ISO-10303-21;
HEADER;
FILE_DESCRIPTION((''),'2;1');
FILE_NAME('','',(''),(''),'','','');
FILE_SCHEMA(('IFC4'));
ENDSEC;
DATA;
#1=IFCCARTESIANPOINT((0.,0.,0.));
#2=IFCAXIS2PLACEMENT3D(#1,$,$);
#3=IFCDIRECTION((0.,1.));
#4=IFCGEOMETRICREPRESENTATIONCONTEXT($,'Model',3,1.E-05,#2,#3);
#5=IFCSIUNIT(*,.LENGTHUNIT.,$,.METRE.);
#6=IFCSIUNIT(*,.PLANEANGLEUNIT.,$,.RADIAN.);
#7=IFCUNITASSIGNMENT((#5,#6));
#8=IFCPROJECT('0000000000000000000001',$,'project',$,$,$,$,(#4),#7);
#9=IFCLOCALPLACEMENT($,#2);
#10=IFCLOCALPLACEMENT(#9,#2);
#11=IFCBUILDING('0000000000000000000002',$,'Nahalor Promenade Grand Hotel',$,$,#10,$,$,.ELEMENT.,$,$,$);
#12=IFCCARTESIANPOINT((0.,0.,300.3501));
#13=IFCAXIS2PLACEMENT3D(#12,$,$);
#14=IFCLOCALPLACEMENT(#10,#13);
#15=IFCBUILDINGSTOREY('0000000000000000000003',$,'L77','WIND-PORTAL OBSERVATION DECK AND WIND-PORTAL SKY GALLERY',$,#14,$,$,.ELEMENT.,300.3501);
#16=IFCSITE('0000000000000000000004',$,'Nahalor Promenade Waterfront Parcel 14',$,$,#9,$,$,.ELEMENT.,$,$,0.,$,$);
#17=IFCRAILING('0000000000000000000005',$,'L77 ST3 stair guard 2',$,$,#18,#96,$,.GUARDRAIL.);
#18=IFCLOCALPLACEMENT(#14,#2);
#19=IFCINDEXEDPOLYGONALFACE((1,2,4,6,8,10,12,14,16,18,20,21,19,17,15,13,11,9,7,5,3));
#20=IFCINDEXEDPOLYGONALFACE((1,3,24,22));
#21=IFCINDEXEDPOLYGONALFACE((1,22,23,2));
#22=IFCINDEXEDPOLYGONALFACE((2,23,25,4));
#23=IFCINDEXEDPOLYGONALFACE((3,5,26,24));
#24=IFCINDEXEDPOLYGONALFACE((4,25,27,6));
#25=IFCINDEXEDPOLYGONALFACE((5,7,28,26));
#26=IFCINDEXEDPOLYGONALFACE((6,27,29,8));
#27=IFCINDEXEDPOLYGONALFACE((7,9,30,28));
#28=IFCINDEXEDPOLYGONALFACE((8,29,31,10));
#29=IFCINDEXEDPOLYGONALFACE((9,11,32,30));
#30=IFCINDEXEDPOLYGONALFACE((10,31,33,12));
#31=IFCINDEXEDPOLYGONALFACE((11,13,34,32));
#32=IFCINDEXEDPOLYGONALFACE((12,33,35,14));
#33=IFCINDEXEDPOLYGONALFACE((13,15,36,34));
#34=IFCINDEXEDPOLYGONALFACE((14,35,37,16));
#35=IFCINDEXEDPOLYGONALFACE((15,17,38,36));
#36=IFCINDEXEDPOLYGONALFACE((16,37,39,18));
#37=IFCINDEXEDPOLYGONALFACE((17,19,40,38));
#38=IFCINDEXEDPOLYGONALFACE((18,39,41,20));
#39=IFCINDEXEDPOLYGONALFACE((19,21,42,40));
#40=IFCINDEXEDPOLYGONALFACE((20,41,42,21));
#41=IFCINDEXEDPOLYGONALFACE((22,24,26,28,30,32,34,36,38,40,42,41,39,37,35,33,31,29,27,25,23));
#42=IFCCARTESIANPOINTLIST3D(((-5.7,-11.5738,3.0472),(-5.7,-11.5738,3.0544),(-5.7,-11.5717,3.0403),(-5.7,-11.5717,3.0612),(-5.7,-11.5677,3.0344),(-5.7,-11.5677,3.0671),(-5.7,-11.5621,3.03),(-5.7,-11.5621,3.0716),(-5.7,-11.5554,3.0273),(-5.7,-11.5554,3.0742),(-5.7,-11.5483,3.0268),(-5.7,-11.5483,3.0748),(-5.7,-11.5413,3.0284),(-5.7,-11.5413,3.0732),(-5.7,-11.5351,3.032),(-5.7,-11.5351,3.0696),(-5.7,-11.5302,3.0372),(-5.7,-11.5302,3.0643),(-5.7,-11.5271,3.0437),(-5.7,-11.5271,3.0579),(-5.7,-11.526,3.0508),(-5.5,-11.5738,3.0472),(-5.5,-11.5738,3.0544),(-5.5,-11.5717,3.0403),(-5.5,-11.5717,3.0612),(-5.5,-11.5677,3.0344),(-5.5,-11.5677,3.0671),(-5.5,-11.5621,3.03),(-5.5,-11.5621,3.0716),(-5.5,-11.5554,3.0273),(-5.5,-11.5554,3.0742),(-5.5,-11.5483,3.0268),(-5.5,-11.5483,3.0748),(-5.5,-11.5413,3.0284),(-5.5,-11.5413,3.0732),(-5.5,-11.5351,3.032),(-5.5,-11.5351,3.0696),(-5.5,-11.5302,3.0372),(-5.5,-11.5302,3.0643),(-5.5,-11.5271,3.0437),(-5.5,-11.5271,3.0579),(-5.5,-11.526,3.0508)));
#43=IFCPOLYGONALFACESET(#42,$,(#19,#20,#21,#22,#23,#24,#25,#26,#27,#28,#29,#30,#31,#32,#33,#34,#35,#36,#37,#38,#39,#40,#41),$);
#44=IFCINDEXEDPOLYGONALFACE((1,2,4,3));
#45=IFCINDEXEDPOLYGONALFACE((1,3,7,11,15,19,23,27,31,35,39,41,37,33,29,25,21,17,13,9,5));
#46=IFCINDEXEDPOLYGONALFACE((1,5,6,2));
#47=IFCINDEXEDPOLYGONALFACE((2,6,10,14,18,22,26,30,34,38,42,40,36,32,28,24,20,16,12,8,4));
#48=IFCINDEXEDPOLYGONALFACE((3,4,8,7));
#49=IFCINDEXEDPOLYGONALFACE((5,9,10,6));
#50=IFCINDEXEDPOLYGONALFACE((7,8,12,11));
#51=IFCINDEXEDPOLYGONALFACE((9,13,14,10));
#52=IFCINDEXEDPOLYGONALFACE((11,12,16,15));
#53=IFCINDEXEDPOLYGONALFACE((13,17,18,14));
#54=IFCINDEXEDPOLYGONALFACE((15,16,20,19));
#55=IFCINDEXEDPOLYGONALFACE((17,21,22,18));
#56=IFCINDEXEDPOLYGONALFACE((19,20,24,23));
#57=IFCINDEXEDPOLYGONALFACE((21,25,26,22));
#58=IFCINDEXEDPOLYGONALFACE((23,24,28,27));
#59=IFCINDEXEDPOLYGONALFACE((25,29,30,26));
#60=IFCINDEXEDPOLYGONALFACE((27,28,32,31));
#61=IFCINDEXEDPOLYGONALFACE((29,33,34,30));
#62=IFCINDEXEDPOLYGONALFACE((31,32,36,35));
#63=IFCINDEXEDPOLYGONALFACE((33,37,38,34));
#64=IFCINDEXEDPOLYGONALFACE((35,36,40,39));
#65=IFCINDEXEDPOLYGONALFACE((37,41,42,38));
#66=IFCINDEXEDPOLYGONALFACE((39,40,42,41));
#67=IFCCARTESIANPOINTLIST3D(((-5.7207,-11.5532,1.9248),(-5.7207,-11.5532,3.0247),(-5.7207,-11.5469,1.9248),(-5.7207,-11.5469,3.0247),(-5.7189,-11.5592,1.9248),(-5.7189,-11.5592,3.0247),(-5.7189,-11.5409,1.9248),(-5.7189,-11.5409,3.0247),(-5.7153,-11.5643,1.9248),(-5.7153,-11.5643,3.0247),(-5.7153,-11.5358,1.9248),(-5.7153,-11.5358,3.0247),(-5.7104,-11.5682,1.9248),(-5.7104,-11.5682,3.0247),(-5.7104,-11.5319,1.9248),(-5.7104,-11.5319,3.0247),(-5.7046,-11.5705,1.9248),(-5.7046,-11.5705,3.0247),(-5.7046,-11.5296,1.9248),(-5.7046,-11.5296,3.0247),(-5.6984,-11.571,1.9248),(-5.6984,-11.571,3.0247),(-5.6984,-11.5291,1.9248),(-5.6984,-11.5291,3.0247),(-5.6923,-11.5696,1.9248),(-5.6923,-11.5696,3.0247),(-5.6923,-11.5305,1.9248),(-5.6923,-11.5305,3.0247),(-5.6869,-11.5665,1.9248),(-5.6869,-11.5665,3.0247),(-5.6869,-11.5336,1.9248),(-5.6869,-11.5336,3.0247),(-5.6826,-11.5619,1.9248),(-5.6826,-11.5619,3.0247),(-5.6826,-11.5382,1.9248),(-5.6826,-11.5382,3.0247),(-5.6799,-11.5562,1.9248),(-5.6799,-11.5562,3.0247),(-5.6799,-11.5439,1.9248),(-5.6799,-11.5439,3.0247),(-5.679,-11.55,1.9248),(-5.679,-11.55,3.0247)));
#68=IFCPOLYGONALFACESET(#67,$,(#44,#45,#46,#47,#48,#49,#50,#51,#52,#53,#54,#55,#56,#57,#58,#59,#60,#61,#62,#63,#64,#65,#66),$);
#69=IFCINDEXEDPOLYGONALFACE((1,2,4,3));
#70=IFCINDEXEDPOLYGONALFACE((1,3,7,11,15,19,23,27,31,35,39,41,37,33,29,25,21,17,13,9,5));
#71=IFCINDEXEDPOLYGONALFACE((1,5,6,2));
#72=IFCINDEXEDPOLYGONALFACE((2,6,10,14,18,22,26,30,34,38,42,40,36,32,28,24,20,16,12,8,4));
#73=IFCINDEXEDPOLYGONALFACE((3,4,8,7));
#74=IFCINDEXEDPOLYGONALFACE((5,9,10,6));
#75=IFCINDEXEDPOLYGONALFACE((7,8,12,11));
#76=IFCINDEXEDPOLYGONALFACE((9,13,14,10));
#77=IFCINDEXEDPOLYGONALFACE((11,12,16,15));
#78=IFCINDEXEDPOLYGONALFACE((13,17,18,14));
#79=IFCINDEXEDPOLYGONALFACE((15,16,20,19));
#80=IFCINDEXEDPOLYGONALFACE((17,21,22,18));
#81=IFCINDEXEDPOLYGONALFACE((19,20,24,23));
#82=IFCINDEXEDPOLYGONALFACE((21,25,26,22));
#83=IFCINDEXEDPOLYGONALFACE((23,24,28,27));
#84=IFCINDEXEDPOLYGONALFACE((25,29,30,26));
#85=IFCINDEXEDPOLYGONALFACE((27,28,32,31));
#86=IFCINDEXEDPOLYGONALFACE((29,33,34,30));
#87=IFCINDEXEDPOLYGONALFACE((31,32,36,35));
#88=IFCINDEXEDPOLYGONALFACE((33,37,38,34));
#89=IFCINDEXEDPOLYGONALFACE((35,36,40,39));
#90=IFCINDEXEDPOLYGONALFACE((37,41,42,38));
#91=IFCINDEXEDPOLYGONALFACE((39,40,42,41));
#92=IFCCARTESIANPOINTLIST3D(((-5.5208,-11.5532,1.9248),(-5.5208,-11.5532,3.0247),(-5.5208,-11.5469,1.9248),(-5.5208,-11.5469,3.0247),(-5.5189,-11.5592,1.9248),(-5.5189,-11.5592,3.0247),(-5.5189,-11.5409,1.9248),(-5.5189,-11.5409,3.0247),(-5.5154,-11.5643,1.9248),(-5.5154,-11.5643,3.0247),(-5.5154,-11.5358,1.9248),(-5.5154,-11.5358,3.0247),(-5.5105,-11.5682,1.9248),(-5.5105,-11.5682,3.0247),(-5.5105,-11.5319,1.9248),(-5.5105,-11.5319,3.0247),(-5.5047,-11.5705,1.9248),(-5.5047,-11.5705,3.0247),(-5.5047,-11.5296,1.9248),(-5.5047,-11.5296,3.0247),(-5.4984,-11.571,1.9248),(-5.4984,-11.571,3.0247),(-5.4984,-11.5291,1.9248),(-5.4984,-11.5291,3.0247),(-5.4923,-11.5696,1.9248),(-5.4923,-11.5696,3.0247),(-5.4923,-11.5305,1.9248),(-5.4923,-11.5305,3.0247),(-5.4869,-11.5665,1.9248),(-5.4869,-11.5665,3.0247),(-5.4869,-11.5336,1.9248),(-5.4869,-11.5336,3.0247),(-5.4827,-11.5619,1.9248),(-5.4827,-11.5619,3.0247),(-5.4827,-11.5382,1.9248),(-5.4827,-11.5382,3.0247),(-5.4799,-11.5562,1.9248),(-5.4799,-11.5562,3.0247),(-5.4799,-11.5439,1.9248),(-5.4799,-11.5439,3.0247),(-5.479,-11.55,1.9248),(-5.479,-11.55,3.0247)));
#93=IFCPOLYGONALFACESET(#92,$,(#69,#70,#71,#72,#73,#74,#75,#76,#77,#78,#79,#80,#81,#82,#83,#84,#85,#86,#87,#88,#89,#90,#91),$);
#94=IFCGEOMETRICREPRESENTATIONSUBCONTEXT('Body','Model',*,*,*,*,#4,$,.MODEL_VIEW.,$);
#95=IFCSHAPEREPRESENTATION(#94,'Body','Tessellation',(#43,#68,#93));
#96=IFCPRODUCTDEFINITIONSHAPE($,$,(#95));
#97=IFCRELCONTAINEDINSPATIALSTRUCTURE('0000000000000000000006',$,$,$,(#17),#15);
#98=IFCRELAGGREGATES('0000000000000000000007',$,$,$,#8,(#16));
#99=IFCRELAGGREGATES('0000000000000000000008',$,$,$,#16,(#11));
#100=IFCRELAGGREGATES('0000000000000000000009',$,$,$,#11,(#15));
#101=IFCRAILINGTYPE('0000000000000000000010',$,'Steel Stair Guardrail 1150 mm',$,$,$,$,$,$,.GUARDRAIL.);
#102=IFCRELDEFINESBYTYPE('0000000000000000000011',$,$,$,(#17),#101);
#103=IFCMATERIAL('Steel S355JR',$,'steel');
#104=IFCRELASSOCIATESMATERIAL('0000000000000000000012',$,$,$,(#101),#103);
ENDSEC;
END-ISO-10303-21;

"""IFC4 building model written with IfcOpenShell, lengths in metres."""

from ifc_helpers import new_model, si_unit, direction, frame, origin, origin_2d, place, context, subcontext, project, spatial, circle, extrude, material, type_object, element, save


model = new_model("IFC4")

# Units and contexts
model_context = context("Model", 3, precision=1e-05, world=origin(), true_north=direction((0.0, 1.0)))
body_context = subcontext(model_context, "Body", "Model", "MODEL_VIEW")
ifc_project = project(units=[si_unit("LENGTHUNIT", "METRE"), si_unit("PLANEANGLEUNIT", "RADIAN")], contexts=[model_context])

# Site, building, storey
site_placement = place(None, origin())
site = spatial("IfcSite", under=ifc_project, at=site_placement, Name="Nahalor Promenade Waterfront Parcel 14", CompositionType="ELEMENT", RefElevation=0.0)
building_placement = place(site_placement, origin())
building = spatial("IfcBuilding", under=site, at=building_placement, Name="Nahalor Promenade Grand Hotel", CompositionType="ELEMENT")
storey_placement = place(building_placement, frame((0.0, 0.0, 300.3501)))
storey = spatial("IfcBuildingStorey", under=building, at=storey_placement, Name="L77", Description="WIND-PORTAL OBSERVATION DECK AND WIND-PORTAL SKY GALLERY", CompositionType="ELEMENT", Elevation=300.3501)

# Shared definitions
ifc_material_1 = material(Name="Steel S355JR", Category="steel")

# Railing
railing_type_1 = type_object("IfcRailingType", Name="Steel Stair Guardrail 1150 mm", PredefinedType="GUARDRAIL", material=ifc_material_1)
railing_1_placement = place(storey_placement, frame((-5.7, -11.55, 1.9248)))
element("IfcRailing", 1, at=railing_1_placement, inside=storey, type_object=railing_type_1, Name="L77 ST3 stair guard 2", PredefinedType="GUARDRAIL", context=body_context, shape_type="SweptSolid", body=[
    extrude(circle(Radius=0.024, at=origin_2d()), frame((0.0, 0.0, 1.126), z_axis=(1.0, 0.0, 0.0), x_axis=(0.0, 1.0, 0.0)), (0.0, 0.0, 1.0), 0.2),
    extrude(circle(Radius=0.021, at=origin_2d()), origin(), (0.0, 0.0, 1.0), 1.0999),
    extrude(circle(Radius=0.021, at=origin_2d()), frame((0.2, 0.0, 0.0)), (0.0, 0.0, 1.0), 1.0999),
])

save(model, "model.ifc")
